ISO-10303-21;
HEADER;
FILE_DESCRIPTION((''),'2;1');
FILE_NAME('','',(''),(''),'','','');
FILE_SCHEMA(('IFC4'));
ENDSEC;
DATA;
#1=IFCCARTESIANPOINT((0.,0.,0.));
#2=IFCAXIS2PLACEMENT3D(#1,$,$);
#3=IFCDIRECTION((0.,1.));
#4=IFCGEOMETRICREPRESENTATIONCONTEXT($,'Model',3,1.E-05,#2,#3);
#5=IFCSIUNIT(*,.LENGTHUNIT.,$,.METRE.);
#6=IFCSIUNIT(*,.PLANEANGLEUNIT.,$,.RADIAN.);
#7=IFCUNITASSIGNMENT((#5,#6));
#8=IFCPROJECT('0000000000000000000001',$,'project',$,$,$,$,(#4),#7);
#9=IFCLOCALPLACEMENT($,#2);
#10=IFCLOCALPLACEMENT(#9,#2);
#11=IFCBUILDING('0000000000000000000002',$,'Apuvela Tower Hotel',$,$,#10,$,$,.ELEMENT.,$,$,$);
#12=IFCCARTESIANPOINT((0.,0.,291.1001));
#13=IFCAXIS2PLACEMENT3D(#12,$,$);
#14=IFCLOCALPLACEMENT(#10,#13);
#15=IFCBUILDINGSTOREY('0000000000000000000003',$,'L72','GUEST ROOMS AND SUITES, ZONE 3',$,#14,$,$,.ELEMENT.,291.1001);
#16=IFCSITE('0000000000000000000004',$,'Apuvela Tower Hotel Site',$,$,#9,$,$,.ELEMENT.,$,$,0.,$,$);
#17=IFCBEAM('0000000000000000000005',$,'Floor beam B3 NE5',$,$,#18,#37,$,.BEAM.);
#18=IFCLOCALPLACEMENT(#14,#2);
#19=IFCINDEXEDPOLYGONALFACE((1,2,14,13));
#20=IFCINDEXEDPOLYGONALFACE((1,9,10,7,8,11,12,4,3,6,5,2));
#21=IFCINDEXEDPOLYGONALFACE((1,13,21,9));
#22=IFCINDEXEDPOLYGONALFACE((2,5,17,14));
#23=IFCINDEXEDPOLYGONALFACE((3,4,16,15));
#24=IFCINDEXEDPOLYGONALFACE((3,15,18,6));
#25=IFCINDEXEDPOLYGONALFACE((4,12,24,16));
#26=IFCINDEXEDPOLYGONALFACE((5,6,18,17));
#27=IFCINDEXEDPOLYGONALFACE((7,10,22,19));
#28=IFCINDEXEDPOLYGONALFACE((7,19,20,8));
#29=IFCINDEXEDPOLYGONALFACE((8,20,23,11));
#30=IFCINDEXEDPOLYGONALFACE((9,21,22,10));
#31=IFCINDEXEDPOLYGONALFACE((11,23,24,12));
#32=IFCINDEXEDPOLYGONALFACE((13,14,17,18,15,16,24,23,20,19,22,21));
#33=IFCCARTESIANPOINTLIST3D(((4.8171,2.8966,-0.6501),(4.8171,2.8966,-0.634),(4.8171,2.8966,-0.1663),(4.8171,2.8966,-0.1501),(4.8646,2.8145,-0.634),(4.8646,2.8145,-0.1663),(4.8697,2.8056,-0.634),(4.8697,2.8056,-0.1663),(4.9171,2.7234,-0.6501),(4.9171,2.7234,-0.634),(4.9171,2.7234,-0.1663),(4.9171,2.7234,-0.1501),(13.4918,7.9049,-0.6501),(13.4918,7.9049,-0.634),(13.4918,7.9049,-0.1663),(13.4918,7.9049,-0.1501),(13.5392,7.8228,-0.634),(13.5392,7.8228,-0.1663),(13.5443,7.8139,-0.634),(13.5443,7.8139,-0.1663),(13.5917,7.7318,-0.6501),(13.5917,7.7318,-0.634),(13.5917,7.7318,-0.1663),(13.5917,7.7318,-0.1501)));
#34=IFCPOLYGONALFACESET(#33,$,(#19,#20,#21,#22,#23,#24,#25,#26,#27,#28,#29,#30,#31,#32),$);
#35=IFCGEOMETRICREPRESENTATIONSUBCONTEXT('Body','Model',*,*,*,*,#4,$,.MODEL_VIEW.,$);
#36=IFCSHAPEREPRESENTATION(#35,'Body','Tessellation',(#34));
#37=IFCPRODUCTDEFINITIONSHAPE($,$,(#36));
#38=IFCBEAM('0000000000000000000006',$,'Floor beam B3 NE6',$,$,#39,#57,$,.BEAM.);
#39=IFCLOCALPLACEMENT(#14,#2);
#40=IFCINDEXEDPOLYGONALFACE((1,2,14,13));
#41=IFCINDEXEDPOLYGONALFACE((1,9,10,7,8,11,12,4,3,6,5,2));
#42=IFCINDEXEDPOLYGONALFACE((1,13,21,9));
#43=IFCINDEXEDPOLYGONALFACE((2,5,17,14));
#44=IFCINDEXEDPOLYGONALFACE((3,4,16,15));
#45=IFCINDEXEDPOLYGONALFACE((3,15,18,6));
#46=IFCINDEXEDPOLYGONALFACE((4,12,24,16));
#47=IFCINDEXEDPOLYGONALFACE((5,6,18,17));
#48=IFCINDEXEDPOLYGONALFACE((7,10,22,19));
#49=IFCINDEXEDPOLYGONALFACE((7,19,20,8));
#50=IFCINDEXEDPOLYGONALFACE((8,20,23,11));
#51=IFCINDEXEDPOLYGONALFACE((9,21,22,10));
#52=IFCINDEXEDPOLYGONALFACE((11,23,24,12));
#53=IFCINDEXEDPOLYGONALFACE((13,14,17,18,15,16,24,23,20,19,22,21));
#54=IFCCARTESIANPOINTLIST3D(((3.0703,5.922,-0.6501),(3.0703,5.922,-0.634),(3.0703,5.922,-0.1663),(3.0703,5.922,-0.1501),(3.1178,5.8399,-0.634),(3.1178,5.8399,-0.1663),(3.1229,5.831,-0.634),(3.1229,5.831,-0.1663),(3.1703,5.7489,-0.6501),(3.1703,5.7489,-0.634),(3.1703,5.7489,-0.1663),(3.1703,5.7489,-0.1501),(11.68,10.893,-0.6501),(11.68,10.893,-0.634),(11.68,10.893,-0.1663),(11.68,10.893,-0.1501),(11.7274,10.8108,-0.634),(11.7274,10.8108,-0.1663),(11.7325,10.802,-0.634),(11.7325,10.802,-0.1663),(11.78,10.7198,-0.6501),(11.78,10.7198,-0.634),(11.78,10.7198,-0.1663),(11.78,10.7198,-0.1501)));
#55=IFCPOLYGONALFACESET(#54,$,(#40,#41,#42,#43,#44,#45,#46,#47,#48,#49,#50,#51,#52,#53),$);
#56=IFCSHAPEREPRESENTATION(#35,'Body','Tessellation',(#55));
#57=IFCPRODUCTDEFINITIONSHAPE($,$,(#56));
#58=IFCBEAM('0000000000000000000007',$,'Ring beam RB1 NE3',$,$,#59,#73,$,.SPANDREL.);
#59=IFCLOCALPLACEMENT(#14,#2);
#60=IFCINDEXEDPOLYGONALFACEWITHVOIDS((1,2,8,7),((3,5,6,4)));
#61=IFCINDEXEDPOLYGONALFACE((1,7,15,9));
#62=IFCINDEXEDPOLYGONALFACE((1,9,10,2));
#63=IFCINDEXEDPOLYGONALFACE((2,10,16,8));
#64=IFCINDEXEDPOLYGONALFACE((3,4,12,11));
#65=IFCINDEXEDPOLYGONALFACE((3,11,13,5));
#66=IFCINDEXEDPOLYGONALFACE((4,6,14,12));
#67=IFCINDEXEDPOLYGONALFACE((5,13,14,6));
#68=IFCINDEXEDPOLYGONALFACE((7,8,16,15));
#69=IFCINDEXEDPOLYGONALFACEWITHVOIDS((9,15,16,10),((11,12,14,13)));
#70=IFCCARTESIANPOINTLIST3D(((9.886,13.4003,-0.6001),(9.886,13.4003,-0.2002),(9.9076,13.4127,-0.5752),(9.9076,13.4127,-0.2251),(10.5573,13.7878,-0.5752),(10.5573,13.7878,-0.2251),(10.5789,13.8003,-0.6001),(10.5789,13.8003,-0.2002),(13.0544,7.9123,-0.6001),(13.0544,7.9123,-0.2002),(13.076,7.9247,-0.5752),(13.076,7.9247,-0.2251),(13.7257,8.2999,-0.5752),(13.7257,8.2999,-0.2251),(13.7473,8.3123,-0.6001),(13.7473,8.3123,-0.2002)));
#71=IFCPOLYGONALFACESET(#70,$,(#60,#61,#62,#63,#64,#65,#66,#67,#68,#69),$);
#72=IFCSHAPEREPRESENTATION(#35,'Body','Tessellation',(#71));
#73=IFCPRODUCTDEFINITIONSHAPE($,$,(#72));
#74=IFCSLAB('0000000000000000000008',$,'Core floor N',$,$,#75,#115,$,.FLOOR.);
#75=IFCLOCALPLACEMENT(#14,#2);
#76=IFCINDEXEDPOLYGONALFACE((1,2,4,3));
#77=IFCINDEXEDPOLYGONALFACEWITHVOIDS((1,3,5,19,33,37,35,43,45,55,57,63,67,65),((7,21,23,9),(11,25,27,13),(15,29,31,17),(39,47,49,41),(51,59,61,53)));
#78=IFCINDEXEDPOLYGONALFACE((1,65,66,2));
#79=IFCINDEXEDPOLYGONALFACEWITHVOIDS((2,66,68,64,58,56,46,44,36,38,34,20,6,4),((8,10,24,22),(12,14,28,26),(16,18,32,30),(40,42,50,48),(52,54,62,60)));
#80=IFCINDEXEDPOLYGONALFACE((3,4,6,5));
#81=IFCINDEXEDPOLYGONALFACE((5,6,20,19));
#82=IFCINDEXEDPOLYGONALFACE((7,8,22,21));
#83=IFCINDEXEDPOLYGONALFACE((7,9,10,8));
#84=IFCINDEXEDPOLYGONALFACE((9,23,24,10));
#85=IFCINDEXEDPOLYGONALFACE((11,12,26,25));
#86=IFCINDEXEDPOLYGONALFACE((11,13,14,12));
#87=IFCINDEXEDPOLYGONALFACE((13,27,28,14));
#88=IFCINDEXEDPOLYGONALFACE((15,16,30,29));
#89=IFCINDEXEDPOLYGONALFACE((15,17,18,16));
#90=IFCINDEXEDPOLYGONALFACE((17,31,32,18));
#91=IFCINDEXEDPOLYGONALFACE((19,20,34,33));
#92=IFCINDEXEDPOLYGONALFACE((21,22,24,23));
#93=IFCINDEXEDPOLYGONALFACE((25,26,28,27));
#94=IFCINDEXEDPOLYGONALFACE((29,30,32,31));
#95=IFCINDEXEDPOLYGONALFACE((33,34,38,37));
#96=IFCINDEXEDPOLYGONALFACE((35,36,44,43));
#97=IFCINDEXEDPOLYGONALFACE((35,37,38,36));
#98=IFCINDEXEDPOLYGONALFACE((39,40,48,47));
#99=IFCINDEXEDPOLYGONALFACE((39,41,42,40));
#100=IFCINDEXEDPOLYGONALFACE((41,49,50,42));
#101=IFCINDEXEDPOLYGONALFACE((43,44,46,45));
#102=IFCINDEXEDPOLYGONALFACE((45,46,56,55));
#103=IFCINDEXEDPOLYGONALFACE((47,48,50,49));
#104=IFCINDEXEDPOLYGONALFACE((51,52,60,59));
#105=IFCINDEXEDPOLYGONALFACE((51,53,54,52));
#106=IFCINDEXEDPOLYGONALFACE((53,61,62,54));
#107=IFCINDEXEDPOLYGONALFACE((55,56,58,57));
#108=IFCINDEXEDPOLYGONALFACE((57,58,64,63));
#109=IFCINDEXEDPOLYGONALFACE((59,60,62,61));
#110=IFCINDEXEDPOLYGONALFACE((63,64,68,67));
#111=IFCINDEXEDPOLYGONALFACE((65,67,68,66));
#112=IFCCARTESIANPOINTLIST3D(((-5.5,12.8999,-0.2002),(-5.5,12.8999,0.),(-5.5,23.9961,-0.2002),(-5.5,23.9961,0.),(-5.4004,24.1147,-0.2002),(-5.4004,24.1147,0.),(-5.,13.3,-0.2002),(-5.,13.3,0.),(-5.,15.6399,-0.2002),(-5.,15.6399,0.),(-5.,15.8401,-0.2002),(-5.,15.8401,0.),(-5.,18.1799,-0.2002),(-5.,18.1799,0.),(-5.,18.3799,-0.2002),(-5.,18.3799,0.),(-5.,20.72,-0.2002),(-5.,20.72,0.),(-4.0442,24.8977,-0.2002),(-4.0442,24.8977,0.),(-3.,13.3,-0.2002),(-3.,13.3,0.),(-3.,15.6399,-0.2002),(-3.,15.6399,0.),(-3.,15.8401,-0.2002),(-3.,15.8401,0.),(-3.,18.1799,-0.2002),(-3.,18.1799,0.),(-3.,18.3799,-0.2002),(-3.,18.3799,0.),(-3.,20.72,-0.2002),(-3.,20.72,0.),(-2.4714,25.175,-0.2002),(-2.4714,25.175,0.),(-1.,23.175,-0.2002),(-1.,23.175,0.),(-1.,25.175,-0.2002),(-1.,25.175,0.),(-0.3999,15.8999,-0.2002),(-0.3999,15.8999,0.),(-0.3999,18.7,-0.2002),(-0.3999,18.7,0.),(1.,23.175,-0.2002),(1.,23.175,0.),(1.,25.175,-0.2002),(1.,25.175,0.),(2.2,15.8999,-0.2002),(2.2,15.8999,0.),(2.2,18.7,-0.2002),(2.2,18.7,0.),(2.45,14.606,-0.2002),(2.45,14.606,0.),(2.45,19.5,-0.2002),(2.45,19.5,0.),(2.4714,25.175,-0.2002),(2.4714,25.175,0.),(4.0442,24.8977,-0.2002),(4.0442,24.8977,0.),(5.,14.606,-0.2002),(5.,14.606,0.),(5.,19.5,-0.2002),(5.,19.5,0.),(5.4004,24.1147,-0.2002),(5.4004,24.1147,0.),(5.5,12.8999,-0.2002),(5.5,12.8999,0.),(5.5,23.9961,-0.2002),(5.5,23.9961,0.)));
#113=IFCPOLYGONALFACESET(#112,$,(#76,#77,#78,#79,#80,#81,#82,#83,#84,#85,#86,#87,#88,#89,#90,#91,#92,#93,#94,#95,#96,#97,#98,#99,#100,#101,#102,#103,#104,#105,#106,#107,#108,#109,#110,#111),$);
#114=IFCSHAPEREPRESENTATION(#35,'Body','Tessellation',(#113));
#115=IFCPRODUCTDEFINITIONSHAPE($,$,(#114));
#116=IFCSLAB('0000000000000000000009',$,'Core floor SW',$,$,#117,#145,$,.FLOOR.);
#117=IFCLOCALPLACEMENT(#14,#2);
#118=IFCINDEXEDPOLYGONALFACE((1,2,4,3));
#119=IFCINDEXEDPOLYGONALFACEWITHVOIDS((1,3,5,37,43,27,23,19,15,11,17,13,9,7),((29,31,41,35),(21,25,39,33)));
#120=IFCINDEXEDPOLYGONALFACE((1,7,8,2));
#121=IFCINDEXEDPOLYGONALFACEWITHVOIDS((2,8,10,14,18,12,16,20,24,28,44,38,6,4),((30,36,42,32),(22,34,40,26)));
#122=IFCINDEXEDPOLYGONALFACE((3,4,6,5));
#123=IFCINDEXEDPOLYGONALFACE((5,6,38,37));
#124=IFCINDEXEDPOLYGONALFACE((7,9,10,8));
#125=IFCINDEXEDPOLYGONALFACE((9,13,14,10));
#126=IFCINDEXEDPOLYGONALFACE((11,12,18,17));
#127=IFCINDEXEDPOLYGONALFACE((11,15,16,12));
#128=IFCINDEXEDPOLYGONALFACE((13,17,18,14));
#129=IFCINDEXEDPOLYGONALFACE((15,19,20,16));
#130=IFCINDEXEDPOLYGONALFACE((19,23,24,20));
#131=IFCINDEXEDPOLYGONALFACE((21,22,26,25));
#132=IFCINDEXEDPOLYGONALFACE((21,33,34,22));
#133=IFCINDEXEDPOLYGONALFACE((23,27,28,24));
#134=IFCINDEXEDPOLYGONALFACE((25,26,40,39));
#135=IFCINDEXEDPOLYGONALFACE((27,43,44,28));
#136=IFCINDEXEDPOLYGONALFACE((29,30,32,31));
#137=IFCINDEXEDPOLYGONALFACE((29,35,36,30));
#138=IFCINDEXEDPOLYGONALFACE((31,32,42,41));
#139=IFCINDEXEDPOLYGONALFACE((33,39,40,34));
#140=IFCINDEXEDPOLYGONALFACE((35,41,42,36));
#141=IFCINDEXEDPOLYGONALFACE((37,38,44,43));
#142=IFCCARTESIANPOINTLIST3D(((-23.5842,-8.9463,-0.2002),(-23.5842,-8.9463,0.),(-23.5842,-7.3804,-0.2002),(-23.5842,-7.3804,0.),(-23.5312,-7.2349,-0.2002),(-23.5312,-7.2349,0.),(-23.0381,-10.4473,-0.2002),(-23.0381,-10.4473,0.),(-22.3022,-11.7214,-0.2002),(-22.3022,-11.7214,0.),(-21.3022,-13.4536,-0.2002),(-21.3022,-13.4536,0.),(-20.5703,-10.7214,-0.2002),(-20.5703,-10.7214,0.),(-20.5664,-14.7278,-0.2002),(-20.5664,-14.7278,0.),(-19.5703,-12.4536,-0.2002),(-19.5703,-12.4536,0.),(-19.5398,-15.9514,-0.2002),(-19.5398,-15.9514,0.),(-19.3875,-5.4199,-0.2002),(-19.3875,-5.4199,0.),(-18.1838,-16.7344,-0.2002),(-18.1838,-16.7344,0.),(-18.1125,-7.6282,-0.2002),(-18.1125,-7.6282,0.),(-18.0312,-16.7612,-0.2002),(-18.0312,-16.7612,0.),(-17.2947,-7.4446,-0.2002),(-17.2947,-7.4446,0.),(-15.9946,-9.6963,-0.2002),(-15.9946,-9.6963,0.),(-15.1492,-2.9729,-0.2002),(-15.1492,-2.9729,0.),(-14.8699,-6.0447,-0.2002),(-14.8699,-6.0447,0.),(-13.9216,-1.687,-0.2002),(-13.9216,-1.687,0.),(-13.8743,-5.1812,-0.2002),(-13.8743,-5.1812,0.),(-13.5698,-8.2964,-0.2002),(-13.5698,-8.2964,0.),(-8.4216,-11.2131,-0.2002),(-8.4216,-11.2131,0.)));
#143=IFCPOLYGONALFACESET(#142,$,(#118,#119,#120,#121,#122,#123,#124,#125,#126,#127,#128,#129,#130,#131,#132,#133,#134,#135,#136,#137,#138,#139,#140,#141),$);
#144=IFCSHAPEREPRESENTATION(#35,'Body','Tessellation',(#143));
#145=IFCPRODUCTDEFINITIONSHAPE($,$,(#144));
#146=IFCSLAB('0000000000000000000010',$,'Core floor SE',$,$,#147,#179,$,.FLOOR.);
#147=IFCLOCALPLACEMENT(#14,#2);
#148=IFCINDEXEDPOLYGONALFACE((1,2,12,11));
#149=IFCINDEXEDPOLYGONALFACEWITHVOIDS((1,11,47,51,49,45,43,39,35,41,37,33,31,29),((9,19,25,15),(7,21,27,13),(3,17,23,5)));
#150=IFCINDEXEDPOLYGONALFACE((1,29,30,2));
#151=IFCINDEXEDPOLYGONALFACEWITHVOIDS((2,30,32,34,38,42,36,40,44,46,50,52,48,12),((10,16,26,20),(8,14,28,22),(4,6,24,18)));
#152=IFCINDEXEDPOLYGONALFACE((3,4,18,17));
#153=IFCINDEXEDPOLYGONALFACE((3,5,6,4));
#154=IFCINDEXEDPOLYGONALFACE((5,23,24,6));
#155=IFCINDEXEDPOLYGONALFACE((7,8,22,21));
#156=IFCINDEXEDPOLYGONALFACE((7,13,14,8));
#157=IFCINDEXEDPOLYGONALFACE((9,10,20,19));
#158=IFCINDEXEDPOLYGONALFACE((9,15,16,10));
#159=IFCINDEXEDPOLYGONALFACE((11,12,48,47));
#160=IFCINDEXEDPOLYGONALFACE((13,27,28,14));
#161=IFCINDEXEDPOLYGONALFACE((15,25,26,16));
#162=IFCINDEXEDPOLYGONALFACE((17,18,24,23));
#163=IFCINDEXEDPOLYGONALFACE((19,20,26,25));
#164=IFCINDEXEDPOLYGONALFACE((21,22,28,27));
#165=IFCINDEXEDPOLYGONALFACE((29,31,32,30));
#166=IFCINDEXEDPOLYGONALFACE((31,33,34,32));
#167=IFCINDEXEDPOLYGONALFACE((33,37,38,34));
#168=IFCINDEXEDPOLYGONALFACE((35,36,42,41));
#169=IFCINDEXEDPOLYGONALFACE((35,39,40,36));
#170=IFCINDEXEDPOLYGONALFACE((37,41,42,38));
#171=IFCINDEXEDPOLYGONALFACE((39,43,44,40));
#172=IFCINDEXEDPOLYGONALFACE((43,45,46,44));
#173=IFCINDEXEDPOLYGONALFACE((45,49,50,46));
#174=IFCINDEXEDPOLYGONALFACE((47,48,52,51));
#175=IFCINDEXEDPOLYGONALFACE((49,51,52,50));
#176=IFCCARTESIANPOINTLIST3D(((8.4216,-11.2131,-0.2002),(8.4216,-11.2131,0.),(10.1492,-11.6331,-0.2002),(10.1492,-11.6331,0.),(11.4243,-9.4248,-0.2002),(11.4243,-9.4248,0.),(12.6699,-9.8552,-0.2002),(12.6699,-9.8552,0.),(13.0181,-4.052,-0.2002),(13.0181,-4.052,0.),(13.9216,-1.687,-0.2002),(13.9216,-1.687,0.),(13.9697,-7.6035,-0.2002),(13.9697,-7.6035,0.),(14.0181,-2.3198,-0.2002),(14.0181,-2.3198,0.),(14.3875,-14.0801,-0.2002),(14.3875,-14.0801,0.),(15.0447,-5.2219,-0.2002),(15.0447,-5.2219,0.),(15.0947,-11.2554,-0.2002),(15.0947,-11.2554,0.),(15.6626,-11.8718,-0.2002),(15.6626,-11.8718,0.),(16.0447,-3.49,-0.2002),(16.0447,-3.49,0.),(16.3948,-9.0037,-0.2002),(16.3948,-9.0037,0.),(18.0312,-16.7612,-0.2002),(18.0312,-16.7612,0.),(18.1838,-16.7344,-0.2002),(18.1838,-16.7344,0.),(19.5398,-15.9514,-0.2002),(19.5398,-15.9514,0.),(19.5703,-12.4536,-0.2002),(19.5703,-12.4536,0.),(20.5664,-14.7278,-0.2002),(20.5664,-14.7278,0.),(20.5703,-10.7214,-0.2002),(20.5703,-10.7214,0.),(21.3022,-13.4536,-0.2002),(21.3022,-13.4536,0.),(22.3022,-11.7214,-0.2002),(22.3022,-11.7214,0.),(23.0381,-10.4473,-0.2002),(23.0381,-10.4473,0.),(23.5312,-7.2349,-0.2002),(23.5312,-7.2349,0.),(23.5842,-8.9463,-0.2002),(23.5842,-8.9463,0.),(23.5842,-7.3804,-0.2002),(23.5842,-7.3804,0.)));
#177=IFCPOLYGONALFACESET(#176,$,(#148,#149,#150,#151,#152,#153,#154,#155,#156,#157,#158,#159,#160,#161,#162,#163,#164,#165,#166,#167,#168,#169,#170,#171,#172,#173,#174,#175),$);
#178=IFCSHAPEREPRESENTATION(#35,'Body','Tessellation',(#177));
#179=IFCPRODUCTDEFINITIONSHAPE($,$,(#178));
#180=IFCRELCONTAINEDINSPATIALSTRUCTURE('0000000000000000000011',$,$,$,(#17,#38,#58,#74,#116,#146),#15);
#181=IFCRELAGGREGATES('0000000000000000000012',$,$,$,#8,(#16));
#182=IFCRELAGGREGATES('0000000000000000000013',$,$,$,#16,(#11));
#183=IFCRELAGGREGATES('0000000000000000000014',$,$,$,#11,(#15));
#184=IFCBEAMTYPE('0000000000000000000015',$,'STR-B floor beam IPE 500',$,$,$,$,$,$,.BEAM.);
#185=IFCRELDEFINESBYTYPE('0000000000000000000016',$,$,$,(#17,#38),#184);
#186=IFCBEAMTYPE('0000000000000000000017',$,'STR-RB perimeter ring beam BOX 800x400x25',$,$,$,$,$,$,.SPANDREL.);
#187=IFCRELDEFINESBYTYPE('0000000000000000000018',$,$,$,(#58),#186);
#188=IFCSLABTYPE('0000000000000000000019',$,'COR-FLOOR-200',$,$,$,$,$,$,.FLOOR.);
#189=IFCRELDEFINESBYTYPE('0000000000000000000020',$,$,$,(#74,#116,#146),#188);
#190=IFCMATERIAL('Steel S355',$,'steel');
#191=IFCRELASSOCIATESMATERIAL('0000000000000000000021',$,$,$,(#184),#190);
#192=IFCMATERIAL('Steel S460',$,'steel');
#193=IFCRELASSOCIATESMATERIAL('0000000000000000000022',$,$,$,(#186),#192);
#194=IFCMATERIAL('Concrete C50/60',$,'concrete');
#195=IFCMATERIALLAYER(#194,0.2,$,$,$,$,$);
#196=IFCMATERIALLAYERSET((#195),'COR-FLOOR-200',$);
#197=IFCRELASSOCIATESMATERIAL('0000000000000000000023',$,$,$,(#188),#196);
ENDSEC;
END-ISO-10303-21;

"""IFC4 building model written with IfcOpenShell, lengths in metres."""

from ifc_helpers import new_model, si_unit, direction, frame, origin, origin_2d, place, context, subcontext, project, spatial, polyline, hollow_rectangle, i_section, outline, extrude, material, layer, layer_set, material_profile, profile_set, type_object, element, save


model = new_model("IFC4")

# Units and contexts
model_context = context("Model", 3, precision=1e-05, world=origin(), true_north=direction((0.0, 1.0)))
body_context = subcontext(model_context, "Body", "Model", "MODEL_VIEW")
ifc_project = project(units=[si_unit("LENGTHUNIT", "METRE"), si_unit("PLANEANGLEUNIT", "RADIAN")], contexts=[model_context])

# Site, building, storey
site_placement = place(None, origin())
site = spatial("IfcSite", under=ifc_project, at=site_placement, Name="Apuvela Tower Hotel Site", CompositionType="ELEMENT", RefElevation=0.0)
building_placement = place(site_placement, origin())
building = spatial("IfcBuilding", under=site, at=building_placement, Name="Apuvela Tower Hotel", CompositionType="ELEMENT")
storey_placement = place(building_placement, frame((0.0, 0.0, 291.1001)))
storey = spatial("IfcBuildingStorey", under=building, at=storey_placement, Name="L72", Description="GUEST ROOMS AND SUITES, ZONE 3", CompositionType="ELEMENT", Elevation=291.1001)

# Beams
ifc_material_1 = material(Name="Steel S355", Category="steel")
ifc_material_profile_1 = material_profile(ifc_material_1, i_section(OverallWidth=0.2, OverallDepth=0.5, WebThickness=0.0103, FlangeThickness=0.0161, at=origin_2d()), Name="IPE 500")
ifc_profile_set_1 = profile_set([ifc_material_profile_1], Name="Steel S355")
beam_type_1 = type_object("IfcBeamType", Name="STR-B floor beam IPE 500", PredefinedType="BEAM", material=ifc_profile_set_1)
beam_1_placement = place(storey_placement, frame((13.5417, 7.8184, -0.4001), z_axis=(-0.866024, -0.500003, 0.0), x_axis=(0.500003, -0.866024, 0.0)))
element("IfcBeam", 1, at=beam_1_placement, inside=storey, type_object=beam_type_1, Name="Floor beam B3 NE5", PredefinedType="BEAM", context=body_context, shape_type="SweptSolid", body=[
    extrude(i_section(OverallWidth=0.2, OverallDepth=0.5, WebThickness=0.0103, FlangeThickness=0.0161, at=origin_2d()), origin(), (0.0, 0.0, 1.0), 10.0166),
])
beam_2_placement = place(storey_placement, frame((11.73, 10.8064, -0.4001), z_axis=(-0.866018, -0.500014, 0.0), x_axis=(0.500014, -0.866018, 0.0)))
element("IfcBeam", 2, at=beam_2_placement, inside=storey, type_object=beam_type_1, Name="Floor beam B3 NE6", PredefinedType="BEAM", context=body_context, shape_type="SweptSolid", body=[
    extrude(i_section(OverallWidth=0.2, OverallDepth=0.5, WebThickness=0.0103, FlangeThickness=0.0161, at=origin_2d()), origin(), (0.0, 0.0, 1.0), 9.9417),
])
ifc_material_2 = material(Name="Steel S460", Category="steel")
ifc_material_profile_2 = material_profile(ifc_material_2, hollow_rectangle(XDim=0.8, YDim=0.3999, WallThickness=0.0249, at=origin_2d()), Name="BOX 800x400x25")
ifc_profile_set_2 = profile_set([ifc_material_profile_2], Name="Steel S460")
beam_type_2 = type_object("IfcBeamType", Name="STR-RB perimeter ring beam BOX 800x400x25", PredefinedType="SPANDREL", material=ifc_profile_set_2)
beam_3_placement = place(storey_placement, frame((13.4009, 8.1123, -0.4001), z_axis=(-0.499993, 0.86603, 0.0), x_axis=(-0.86603, -0.499993, 0.0)))
element("IfcBeam", 3, at=beam_3_placement, inside=storey, type_object=beam_type_2, Name="Ring beam RB1 NE3", PredefinedType="SPANDREL", context=body_context, shape_type="SweptSolid", body=[
    extrude(hollow_rectangle(XDim=0.8, YDim=0.3999, WallThickness=0.0249, at=origin_2d()), origin(), (0.0, 0.0, 1.0), 6.3369),
])

# Slabs
ifc_material_3 = material(Name="Concrete C50/60", Category="concrete")
ifc_layer_1 = layer(ifc_material_3, 0.2)
ifc_layer_set_1 = layer_set([ifc_layer_1], Name="COR-FLOOR-200")
slab_type_1 = type_object("IfcSlabType", Name="COR-FLOOR-200", PredefinedType="FLOOR", material=ifc_layer_set_1)
slab_1_placement = place(storey_placement, frame((0.0, 0.0, -0.2002)))
element("IfcSlab", 4, at=slab_1_placement, inside=storey, type_object=slab_type_1, Name="Core floor N", PredefinedType="FLOOR", context=body_context, shape_type="SweptSolid", body=[
    extrude(outline(polyline([(5.5, 23.9961), (5.4004, 24.1147), (4.0442, 24.8977), (2.4714, 25.175), (1.0, 25.175), (1.0, 23.175), (-1.0, 23.175), (-1.0, 25.175), (-2.4714, 25.175), (-4.0442, 24.8977), (-5.4004, 24.1147), (-5.5, 23.9961), (-5.5, 12.8999), (5.5, 12.8999), (5.5, 23.9961)]), holes=[polyline([(-3.0, 13.3), (-5.0, 13.3), (-5.0, 15.6399), (-3.0, 15.6399), (-3.0, 13.3)]), polyline([(-3.0, 15.8401), (-5.0, 15.8401), (-5.0, 18.1799), (-3.0, 18.1799), (-3.0, 15.8401)]), polyline([(5.0, 14.606), (2.45, 14.606), (2.45, 19.5), (5.0, 19.5), (5.0, 14.606)]), polyline([(2.2, 18.7), (2.2, 15.8999), (-0.3999, 15.8999), (-0.3999, 18.7), (2.2, 18.7)]), polyline([(-3.0, 20.72), (-3.0, 18.3799), (-5.0, 18.3799), (-5.0, 20.72), (-3.0, 20.72)])]), origin(), (0.0, 0.0, 1.0), 0.2002),
])
slab_2_placement = place(storey_placement, frame((0.0, 0.0, -0.2002)))
element("IfcSlab", 5, at=slab_2_placement, inside=storey, type_object=slab_type_1, Name="Core floor SW", PredefinedType="FLOOR", context=body_context, shape_type="SweptSolid", body=[
    extrude(outline(polyline([(-23.5312, -7.2349), (-23.5842, -7.3804), (-23.5842, -8.9463), (-23.0381, -10.4473), (-22.3022, -11.7214), (-20.5703, -10.7214), (-19.5703, -12.4536), (-21.3022, -13.4536), (-20.5664, -14.7278), (-19.5398, -15.9514), (-18.1838, -16.7344), (-18.0312, -16.7612), (-8.4216, -11.2131), (-13.9216, -1.687), (-23.5312, -7.2349)]), holes=[polyline([(-13.8743, -5.1812), (-18.1125, -7.6282), (-19.3875, -5.4199), (-15.1492, -2.9729), (-13.8743, -5.1812)]), polyline([(-13.5698, -8.2964), (-15.9946, -9.6963), (-17.2947, -7.4446), (-14.8699, -6.0447), (-13.5698, -8.2964)])]), origin(), (0.0, 0.0, 1.0), 0.2002),
])
slab_3_placement = place(storey_placement, frame((0.0, 0.0, -0.2002)))
element("IfcSlab", 6, at=slab_3_placement, inside=storey, type_object=slab_type_1, Name="Core floor SE", PredefinedType="FLOOR", context=body_context, shape_type="SweptSolid", body=[
    extrude(outline(polyline([(18.0312, -16.7612), (18.1838, -16.7344), (19.5398, -15.9514), (20.5664, -14.7278), (21.3022, -13.4536), (19.5703, -12.4536), (20.5703, -10.7214), (22.3022, -11.7214), (23.0381, -10.4473), (23.5842, -8.9463), (23.5842, -7.3804), (23.5312, -7.2349), (13.9216, -1.687), (8.4216, -11.2131), (18.0312, -16.7612)]), holes=[polyline([(14.0181, -2.3198), (16.0447, -3.49), (15.0447, -5.2219), (13.0181, -4.052), (14.0181, -2.3198)]), polyline([(10.1492, -11.6331), (11.4243, -9.4248), (15.6626, -11.8718), (14.3875, -14.0801), (10.1492, -11.6331)]), polyline([(12.6699, -9.8552), (13.9697, -7.6035), (16.3948, -9.0037), (15.0947, -11.2554), (12.6699, -9.8552)])]), origin(), (0.0, 0.0, 1.0), 0.2002),
])

save(model, "model.ifc")
